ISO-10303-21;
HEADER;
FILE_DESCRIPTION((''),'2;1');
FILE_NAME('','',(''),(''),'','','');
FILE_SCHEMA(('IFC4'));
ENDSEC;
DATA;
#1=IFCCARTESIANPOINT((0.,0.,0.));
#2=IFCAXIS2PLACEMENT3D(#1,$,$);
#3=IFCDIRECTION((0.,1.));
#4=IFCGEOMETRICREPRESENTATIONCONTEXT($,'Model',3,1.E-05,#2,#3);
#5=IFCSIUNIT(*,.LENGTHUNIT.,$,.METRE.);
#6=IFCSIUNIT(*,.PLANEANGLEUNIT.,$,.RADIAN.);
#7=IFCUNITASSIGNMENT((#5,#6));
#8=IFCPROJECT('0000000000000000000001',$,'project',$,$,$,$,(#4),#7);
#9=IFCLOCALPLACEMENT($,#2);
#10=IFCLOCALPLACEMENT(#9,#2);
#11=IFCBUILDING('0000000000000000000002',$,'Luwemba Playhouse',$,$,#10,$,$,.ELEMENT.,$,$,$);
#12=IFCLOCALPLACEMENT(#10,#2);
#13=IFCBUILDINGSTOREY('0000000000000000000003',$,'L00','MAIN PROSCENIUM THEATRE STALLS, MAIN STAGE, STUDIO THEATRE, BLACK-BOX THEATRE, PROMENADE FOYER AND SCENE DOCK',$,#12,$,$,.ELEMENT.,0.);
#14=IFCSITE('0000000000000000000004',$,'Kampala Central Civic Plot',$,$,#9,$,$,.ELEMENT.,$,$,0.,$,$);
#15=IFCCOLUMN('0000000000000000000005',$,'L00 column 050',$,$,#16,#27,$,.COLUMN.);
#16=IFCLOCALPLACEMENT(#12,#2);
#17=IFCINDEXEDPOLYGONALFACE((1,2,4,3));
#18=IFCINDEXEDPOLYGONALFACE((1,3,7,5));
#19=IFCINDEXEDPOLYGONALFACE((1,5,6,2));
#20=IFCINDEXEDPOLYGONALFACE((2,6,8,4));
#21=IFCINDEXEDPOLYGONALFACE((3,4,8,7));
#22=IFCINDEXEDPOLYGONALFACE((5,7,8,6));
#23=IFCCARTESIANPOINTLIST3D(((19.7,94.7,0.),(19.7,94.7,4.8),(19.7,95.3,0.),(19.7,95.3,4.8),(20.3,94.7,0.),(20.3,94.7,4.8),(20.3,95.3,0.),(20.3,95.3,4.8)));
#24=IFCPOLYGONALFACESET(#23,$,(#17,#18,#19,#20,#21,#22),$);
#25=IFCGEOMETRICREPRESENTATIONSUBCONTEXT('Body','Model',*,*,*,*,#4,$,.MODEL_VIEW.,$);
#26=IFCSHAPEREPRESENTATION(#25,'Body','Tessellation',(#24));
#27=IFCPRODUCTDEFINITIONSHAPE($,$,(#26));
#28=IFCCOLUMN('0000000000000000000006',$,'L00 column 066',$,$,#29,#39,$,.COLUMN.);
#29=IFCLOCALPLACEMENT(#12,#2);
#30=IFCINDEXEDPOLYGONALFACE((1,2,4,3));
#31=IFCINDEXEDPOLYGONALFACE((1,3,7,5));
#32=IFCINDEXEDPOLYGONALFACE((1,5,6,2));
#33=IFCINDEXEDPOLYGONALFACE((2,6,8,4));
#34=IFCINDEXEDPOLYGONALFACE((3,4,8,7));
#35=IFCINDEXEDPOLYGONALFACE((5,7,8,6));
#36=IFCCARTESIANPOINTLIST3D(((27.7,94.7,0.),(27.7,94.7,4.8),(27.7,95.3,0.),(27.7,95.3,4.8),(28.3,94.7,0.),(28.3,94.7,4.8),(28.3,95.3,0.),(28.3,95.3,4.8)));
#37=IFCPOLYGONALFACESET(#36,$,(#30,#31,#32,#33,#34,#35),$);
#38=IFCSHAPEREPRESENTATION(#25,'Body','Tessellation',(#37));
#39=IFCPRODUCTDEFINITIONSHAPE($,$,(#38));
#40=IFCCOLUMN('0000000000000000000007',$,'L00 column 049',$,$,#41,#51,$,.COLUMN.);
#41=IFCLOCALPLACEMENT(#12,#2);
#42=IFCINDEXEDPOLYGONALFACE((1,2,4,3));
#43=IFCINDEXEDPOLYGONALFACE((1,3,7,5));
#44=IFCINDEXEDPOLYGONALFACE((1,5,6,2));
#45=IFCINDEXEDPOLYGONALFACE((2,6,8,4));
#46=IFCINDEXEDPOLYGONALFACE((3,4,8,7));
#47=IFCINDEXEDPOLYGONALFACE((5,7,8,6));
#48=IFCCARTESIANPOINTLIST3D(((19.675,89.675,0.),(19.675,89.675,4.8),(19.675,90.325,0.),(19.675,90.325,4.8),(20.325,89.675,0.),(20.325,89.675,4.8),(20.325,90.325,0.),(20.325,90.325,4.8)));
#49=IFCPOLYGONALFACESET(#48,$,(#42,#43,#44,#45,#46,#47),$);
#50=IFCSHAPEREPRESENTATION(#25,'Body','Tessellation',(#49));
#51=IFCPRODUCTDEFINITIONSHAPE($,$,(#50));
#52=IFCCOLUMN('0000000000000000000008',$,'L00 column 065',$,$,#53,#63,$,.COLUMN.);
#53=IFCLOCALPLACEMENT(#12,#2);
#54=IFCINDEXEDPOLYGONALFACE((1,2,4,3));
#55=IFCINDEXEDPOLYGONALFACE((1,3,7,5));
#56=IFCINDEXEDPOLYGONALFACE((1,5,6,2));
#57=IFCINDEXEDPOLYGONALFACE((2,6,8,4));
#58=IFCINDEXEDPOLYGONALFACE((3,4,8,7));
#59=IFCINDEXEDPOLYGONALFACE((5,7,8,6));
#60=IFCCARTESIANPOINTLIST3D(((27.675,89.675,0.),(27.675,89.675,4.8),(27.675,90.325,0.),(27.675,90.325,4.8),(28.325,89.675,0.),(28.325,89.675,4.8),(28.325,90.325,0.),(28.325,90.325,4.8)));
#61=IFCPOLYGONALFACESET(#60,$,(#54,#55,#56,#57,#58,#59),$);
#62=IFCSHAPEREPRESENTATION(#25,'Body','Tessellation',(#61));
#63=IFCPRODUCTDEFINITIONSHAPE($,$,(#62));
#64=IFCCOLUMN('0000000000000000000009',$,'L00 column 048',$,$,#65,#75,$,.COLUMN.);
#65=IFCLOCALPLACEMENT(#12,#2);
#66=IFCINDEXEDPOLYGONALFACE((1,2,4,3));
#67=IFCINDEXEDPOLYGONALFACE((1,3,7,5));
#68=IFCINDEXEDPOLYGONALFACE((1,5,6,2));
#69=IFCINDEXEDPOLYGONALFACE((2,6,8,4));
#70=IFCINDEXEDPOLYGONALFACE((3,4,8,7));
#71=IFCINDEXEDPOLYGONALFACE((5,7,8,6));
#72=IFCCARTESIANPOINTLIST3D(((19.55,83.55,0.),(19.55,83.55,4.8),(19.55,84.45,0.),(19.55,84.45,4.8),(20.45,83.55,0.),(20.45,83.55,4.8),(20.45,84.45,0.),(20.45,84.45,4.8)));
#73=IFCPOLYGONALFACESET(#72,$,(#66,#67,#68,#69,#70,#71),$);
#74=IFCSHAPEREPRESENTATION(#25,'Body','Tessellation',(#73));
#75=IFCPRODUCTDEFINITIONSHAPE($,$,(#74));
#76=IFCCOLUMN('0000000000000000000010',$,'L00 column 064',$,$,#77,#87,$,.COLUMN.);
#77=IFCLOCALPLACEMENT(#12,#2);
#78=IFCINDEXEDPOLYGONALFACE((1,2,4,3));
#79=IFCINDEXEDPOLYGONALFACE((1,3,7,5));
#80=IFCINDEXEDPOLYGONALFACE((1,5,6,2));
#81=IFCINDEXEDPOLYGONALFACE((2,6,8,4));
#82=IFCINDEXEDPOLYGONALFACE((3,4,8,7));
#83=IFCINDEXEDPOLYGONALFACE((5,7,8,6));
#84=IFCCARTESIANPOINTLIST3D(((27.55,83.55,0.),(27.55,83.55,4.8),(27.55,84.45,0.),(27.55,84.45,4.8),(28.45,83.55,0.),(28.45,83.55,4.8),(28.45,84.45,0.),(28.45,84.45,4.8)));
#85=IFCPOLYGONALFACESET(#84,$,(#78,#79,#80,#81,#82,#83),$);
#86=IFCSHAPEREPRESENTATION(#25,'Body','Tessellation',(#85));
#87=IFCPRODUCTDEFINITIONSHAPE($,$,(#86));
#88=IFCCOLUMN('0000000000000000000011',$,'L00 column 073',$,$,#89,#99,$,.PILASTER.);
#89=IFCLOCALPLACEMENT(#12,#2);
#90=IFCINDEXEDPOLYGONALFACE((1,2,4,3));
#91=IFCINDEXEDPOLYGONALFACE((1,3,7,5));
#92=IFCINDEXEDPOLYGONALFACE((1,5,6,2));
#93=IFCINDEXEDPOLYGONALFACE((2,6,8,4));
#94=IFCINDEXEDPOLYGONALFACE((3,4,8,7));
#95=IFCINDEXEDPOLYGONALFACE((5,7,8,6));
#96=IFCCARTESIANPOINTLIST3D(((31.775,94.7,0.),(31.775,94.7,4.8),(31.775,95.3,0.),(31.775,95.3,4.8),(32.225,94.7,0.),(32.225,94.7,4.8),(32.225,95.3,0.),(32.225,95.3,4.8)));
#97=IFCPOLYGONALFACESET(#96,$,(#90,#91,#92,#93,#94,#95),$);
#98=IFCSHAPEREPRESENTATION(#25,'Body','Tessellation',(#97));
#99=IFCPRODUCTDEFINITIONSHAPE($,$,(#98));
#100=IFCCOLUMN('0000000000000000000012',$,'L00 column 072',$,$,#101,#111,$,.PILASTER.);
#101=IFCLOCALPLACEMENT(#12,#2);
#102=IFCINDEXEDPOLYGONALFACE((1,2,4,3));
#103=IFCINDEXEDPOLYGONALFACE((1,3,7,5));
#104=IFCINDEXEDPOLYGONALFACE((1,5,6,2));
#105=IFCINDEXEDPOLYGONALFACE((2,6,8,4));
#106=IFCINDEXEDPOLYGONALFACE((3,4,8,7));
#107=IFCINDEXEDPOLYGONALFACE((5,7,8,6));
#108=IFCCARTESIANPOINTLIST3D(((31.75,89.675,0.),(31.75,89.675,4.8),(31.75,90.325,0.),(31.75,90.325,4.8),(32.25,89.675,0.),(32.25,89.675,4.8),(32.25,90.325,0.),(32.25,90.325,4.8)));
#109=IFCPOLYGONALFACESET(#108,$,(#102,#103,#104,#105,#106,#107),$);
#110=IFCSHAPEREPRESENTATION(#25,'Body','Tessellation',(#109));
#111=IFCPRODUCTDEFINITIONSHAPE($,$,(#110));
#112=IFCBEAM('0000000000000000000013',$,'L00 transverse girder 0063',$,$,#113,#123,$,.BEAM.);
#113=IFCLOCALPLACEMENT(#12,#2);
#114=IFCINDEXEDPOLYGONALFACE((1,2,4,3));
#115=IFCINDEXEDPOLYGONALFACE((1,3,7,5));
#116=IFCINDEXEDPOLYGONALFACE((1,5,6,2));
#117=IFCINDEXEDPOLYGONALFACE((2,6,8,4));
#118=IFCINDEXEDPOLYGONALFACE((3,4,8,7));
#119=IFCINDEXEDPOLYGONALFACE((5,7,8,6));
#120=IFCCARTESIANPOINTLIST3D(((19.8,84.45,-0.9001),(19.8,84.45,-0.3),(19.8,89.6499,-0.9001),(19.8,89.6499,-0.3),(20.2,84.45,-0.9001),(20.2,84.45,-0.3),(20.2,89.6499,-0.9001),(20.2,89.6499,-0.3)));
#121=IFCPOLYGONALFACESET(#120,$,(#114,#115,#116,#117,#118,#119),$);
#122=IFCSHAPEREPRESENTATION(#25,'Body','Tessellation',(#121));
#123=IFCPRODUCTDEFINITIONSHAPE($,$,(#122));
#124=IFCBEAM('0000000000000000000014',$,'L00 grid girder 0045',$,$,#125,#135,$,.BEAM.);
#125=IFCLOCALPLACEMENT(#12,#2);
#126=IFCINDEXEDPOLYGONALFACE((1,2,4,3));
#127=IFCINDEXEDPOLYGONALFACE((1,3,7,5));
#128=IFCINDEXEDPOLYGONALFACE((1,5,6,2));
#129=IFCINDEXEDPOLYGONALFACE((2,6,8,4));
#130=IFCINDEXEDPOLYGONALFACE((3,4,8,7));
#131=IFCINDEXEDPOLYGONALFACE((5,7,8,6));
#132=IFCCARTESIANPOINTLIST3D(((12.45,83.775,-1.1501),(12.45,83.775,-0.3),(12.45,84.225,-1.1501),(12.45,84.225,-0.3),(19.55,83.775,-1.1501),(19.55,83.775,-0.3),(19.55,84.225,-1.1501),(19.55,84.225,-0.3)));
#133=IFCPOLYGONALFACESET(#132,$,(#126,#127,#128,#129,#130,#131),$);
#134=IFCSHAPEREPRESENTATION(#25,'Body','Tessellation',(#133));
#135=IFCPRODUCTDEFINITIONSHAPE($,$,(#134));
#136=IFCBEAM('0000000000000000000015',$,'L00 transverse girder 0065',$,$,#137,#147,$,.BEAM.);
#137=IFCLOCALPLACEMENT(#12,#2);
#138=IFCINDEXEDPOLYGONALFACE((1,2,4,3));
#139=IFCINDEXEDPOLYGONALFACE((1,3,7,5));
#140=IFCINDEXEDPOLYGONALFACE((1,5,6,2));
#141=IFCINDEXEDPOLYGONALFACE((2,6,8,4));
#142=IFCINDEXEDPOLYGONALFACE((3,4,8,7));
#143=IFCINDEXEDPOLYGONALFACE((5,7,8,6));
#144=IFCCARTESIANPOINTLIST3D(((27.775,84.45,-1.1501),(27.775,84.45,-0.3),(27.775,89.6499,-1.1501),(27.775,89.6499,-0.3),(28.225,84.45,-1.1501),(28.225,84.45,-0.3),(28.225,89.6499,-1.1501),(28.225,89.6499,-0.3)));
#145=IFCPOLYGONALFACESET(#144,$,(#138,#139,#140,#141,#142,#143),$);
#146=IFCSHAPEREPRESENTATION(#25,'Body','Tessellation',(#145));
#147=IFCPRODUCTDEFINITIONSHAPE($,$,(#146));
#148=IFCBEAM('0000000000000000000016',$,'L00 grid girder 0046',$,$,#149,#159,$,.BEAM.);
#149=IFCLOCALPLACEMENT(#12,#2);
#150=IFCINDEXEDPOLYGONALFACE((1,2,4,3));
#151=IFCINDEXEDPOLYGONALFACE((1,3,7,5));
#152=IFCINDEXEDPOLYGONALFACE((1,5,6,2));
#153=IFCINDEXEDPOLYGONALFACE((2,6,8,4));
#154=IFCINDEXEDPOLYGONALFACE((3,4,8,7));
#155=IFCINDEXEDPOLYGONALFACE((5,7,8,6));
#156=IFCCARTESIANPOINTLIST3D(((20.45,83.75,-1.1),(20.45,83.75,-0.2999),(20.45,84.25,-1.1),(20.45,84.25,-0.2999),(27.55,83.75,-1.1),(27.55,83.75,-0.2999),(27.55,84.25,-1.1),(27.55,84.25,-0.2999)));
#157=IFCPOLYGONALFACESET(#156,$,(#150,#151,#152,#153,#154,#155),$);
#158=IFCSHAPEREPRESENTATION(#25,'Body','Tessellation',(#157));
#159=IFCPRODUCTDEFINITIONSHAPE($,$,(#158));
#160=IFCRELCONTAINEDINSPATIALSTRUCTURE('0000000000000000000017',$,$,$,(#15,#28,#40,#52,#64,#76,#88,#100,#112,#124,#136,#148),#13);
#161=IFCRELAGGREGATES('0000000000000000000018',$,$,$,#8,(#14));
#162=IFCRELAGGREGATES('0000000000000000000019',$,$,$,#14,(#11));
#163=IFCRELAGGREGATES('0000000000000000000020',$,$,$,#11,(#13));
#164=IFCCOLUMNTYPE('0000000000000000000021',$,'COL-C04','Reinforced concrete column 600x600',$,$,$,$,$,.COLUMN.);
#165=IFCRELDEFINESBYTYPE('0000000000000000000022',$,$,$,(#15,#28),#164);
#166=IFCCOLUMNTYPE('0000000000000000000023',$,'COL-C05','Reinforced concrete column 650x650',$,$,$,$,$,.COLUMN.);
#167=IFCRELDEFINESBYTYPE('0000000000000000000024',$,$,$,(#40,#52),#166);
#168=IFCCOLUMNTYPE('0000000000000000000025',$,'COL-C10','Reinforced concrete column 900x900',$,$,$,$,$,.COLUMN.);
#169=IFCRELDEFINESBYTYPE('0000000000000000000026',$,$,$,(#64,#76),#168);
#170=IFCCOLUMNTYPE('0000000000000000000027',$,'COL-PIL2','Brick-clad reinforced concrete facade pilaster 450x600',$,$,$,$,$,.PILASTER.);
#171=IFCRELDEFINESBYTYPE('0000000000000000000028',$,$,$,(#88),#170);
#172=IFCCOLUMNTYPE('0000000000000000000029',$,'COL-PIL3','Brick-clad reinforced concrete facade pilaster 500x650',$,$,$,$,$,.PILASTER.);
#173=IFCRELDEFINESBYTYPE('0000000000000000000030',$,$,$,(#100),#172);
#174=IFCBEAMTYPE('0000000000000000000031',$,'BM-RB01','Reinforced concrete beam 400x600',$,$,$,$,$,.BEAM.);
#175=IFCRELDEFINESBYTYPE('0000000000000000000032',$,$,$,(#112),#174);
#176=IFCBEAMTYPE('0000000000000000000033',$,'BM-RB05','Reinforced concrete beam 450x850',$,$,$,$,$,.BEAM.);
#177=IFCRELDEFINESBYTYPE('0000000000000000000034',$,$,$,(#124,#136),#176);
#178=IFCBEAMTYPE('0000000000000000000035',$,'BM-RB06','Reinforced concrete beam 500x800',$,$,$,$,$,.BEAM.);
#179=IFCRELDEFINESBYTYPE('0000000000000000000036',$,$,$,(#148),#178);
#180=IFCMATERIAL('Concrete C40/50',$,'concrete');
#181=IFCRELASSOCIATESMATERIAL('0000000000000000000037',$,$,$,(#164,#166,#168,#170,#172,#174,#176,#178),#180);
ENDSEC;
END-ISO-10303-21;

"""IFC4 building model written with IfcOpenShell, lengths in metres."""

from ifc_helpers import new_model, si_unit, direction, frame, origin, origin_2d, place, context, subcontext, project, spatial, rectangle, extrude, material, material_profile, profile_set, type_object, element, save


model = new_model("IFC4")

# Units and contexts
model_context = context("Model", 3, precision=1e-05, world=origin(), true_north=direction((0.0, 1.0)))
body_context = subcontext(model_context, "Body", "Model", "MODEL_VIEW")
ifc_project = project(units=[si_unit("LENGTHUNIT", "METRE"), si_unit("PLANEANGLEUNIT", "RADIAN")], contexts=[model_context])

# Site, building, storey
site_placement = place(None, origin())
site = spatial("IfcSite", under=ifc_project, at=site_placement, Name="Kampala Central Civic Plot", CompositionType="ELEMENT", RefElevation=0.0)
building_placement = place(site_placement, origin())
building = spatial("IfcBuilding", under=site, at=building_placement, Name="Luwemba Playhouse", CompositionType="ELEMENT")
storey_placement = place(building_placement, origin())
storey = spatial("IfcBuildingStorey", under=building, at=storey_placement, Name="L00", Description="MAIN PROSCENIUM THEATRE STALLS, MAIN STAGE, STUDIO THEATRE, BLACK-BOX THEATRE, PROMENADE FOYER AND SCENE DOCK", CompositionType="ELEMENT", Elevation=0.0)

# Columns
ifc_material_1 = material(Name="Concrete C40/50", Category="concrete")
ifc_material_profile_1 = material_profile(ifc_material_1, rectangle(XDim=0.6001, YDim=0.6001, at=origin_2d()))
ifc_profile_set_1 = profile_set([ifc_material_profile_1], Name="Concrete C40/50")
column_type_1 = type_object("IfcColumnType", Name="COL-C04", Description="Reinforced concrete column 600x600", PredefinedType="COLUMN", material=ifc_profile_set_1)
for number, where, z_axis, x_axis, name in (
    (1, (20.0, 95.0, 0.0), (0.0, 0.0, 1.0), (1.0, 0.0, 0.0), "L00 column 050"),
    (2, (28.0, 95.0, 0.0), (0.0, 0.0, 1.0), (1.0, 0.0, 0.0), "L00 column 066"),
):
    element("IfcColumn", number, at=place(storey_placement, frame(where, z_axis=z_axis, x_axis=x_axis)), inside=storey, type_object=column_type_1, Name=name, PredefinedType="COLUMN", context=body_context, shape_type="SweptSolid", body=[
        extrude(rectangle(XDim=0.6001, YDim=0.6001, at=origin_2d()), origin(), (0.0, 0.0, 1.0), 4.8),
    ])
ifc_material_profile_2 = material_profile(ifc_material_1, rectangle(XDim=0.6499, YDim=0.6499, at=origin_2d()))
ifc_profile_set_2 = profile_set([ifc_material_profile_2], Name="Concrete C40/50")
column_type_2 = type_object("IfcColumnType", Name="COL-C05", Description="Reinforced concrete column 650x650", PredefinedType="COLUMN", material=ifc_profile_set_2)
for number, where, z_axis, x_axis, name in (
    (3, (20.0, 90.0, 0.0), (0.0, 0.0, 1.0), (1.0, 0.0, 0.0), "L00 column 049"),
    (4, (28.0, 90.0, 0.0), (0.0, 0.0, 1.0), (1.0, 0.0, 0.0), "L00 column 065"),
):
    element("IfcColumn", number, at=place(storey_placement, frame(where, z_axis=z_axis, x_axis=x_axis)), inside=storey, type_object=column_type_2, Name=name, PredefinedType="COLUMN", context=body_context, shape_type="SweptSolid", body=[
        extrude(rectangle(XDim=0.6499, YDim=0.6499, at=origin_2d()), origin(), (0.0, 0.0, 1.0), 4.8),
    ])
ifc_material_profile_3 = material_profile(ifc_material_1, rectangle(XDim=0.8999, YDim=0.8999, at=origin_2d()))
ifc_profile_set_3 = profile_set([ifc_material_profile_3], Name="Concrete C40/50")
column_type_3 = type_object("IfcColumnType", Name="COL-C10", Description="Reinforced concrete column 900x900", PredefinedType="COLUMN", material=ifc_profile_set_3)
for number, where, z_axis, x_axis, name in (
    (5, (20.0, 84.0, 0.0), (0.0, 0.0, 1.0), (1.0, 0.0, 0.0), "L00 column 048"),
    (6, (28.0, 84.0, 0.0), (0.0, 0.0, 1.0), (1.0, 0.0, 0.0), "L00 column 064"),
):
    element("IfcColumn", number, at=place(storey_placement, frame(where, z_axis=z_axis, x_axis=x_axis)), inside=storey, type_object=column_type_3, Name=name, PredefinedType="COLUMN", context=body_context, shape_type="SweptSolid", body=[
        extrude(rectangle(XDim=0.8999, YDim=0.8999, at=origin_2d()), origin(), (0.0, 0.0, 1.0), 4.8),
    ])
ifc_material_profile_4 = material_profile(ifc_material_1, rectangle(XDim=0.45, YDim=0.6001, at=origin_2d()))
ifc_profile_set_4 = profile_set([ifc_material_profile_4], Name="Concrete C40/50")
column_type_4 = type_object("IfcColumnType", Name="COL-PIL2", Description="Brick-clad reinforced concrete facade pilaster 450x600", PredefinedType="PILASTER", material=ifc_profile_set_4)
column_1_placement = place(storey_placement, frame((32.0, 95.0, 0.0), z_axis=(0.0, 0.0, 1.0), x_axis=(1.0, 0.0, 0.0)))
element("IfcColumn", 7, at=column_1_placement, inside=storey, type_object=column_type_4, Name="L00 column 073", PredefinedType="PILASTER", context=body_context, shape_type="SweptSolid", body=[
    extrude(rectangle(XDim=0.45, YDim=0.6001, at=origin_2d()), origin(), (0.0, 0.0, 1.0), 4.8),
])
ifc_material_profile_5 = material_profile(ifc_material_1, rectangle(XDim=0.5, YDim=0.6499, at=origin_2d()))
ifc_profile_set_5 = profile_set([ifc_material_profile_5], Name="Concrete C40/50")
column_type_5 = type_object("IfcColumnType", Name="COL-PIL3", Description="Brick-clad reinforced concrete facade pilaster 500x650", PredefinedType="PILASTER", material=ifc_profile_set_5)
column_2_placement = place(storey_placement, frame((32.0, 90.0, 0.0), z_axis=(0.0, 0.0, 1.0), x_axis=(1.0, 0.0, 0.0)))
element("IfcColumn", 8, at=column_2_placement, inside=storey, type_object=column_type_5, Name="L00 column 072", PredefinedType="PILASTER", context=body_context, shape_type="SweptSolid", body=[
    extrude(rectangle(XDim=0.5, YDim=0.6499, at=origin_2d()), origin(), (0.0, 0.0, 1.0), 4.8),
])

# Beams
ifc_material_profile_6 = material_profile(ifc_material_1, rectangle(XDim=0.3999, YDim=0.6001, at=origin_2d()))
ifc_profile_set_6 = profile_set([ifc_material_profile_6], Name="Concrete C40/50")
beam_type_1 = type_object("IfcBeamType", Name="BM-RB01", Description="Reinforced concrete beam 400x600", PredefinedType="BEAM", material=ifc_profile_set_6)
beam_1_placement = place(storey_placement, frame((20.0, 84.45, -0.6001), z_axis=(0.0, 1.0, 0.0), x_axis=(-1.0, 0.0, 0.0)))
element("IfcBeam", 9, at=beam_1_placement, inside=storey, type_object=beam_type_1, Name="L00 transverse girder 0063", PredefinedType="BEAM", context=body_context, shape_type="SweptSolid", body=[
    extrude(rectangle(XDim=0.3999, YDim=0.6001, at=origin_2d()), origin(), (0.0, 0.0, 1.0), 5.2),
])
ifc_material_profile_7 = material_profile(ifc_material_1, rectangle(XDim=0.45, YDim=0.8501, at=origin_2d()))
ifc_profile_set_7 = profile_set([ifc_material_profile_7], Name="Concrete C40/50")
beam_type_2 = type_object("IfcBeamType", Name="BM-RB05", Description="Reinforced concrete beam 450x850", PredefinedType="BEAM", material=ifc_profile_set_7)
beam_2_placement = place(storey_placement, frame((12.45, 84.0, -0.7251), z_axis=(1.0, 0.0, 0.0), x_axis=(0.0, 1.0, 0.0)))
element("IfcBeam", 10, at=beam_2_placement, inside=storey, type_object=beam_type_2, Name="L00 grid girder 0045", PredefinedType="BEAM", context=body_context, shape_type="SweptSolid", body=[
    extrude(rectangle(XDim=0.45, YDim=0.8501, at=origin_2d()), origin(), (0.0, 0.0, 1.0), 7.1001),
])
beam_3_placement = place(storey_placement, frame((28.0, 84.45, -0.7251), z_axis=(0.0, 1.0, 0.0), x_axis=(-1.0, 0.0, 0.0)))
element("IfcBeam", 11, at=beam_3_placement, inside=storey, type_object=beam_type_2, Name="L00 transverse girder 0065", PredefinedType="BEAM", context=body_context, shape_type="SweptSolid", body=[
    extrude(rectangle(XDim=0.45, YDim=0.8501, at=origin_2d()), origin(), (0.0, 0.0, 1.0), 5.2),
])
ifc_material_profile_8 = material_profile(ifc_material_1, rectangle(XDim=0.5, YDim=0.8, at=origin_2d()))
ifc_profile_set_8 = profile_set([ifc_material_profile_8], Name="Concrete C40/50")
beam_type_3 = type_object("IfcBeamType", Name="BM-RB06", Description="Reinforced concrete beam 500x800", PredefinedType="BEAM", material=ifc_profile_set_8)
beam_4_placement = place(storey_placement, frame((20.45, 84.0, -0.7), z_axis=(1.0, 0.0, 0.0), x_axis=(0.0, 1.0, 0.0)))
element("IfcBeam", 12, at=beam_4_placement, inside=storey, type_object=beam_type_3, Name="L00 grid girder 0046", PredefinedType="BEAM", context=body_context, shape_type="SweptSolid", body=[
    extrude(rectangle(XDim=0.5, YDim=0.8, at=origin_2d()), origin(), (0.0, 0.0, 1.0), 7.1001),
])

save(model, "model.ifc")
